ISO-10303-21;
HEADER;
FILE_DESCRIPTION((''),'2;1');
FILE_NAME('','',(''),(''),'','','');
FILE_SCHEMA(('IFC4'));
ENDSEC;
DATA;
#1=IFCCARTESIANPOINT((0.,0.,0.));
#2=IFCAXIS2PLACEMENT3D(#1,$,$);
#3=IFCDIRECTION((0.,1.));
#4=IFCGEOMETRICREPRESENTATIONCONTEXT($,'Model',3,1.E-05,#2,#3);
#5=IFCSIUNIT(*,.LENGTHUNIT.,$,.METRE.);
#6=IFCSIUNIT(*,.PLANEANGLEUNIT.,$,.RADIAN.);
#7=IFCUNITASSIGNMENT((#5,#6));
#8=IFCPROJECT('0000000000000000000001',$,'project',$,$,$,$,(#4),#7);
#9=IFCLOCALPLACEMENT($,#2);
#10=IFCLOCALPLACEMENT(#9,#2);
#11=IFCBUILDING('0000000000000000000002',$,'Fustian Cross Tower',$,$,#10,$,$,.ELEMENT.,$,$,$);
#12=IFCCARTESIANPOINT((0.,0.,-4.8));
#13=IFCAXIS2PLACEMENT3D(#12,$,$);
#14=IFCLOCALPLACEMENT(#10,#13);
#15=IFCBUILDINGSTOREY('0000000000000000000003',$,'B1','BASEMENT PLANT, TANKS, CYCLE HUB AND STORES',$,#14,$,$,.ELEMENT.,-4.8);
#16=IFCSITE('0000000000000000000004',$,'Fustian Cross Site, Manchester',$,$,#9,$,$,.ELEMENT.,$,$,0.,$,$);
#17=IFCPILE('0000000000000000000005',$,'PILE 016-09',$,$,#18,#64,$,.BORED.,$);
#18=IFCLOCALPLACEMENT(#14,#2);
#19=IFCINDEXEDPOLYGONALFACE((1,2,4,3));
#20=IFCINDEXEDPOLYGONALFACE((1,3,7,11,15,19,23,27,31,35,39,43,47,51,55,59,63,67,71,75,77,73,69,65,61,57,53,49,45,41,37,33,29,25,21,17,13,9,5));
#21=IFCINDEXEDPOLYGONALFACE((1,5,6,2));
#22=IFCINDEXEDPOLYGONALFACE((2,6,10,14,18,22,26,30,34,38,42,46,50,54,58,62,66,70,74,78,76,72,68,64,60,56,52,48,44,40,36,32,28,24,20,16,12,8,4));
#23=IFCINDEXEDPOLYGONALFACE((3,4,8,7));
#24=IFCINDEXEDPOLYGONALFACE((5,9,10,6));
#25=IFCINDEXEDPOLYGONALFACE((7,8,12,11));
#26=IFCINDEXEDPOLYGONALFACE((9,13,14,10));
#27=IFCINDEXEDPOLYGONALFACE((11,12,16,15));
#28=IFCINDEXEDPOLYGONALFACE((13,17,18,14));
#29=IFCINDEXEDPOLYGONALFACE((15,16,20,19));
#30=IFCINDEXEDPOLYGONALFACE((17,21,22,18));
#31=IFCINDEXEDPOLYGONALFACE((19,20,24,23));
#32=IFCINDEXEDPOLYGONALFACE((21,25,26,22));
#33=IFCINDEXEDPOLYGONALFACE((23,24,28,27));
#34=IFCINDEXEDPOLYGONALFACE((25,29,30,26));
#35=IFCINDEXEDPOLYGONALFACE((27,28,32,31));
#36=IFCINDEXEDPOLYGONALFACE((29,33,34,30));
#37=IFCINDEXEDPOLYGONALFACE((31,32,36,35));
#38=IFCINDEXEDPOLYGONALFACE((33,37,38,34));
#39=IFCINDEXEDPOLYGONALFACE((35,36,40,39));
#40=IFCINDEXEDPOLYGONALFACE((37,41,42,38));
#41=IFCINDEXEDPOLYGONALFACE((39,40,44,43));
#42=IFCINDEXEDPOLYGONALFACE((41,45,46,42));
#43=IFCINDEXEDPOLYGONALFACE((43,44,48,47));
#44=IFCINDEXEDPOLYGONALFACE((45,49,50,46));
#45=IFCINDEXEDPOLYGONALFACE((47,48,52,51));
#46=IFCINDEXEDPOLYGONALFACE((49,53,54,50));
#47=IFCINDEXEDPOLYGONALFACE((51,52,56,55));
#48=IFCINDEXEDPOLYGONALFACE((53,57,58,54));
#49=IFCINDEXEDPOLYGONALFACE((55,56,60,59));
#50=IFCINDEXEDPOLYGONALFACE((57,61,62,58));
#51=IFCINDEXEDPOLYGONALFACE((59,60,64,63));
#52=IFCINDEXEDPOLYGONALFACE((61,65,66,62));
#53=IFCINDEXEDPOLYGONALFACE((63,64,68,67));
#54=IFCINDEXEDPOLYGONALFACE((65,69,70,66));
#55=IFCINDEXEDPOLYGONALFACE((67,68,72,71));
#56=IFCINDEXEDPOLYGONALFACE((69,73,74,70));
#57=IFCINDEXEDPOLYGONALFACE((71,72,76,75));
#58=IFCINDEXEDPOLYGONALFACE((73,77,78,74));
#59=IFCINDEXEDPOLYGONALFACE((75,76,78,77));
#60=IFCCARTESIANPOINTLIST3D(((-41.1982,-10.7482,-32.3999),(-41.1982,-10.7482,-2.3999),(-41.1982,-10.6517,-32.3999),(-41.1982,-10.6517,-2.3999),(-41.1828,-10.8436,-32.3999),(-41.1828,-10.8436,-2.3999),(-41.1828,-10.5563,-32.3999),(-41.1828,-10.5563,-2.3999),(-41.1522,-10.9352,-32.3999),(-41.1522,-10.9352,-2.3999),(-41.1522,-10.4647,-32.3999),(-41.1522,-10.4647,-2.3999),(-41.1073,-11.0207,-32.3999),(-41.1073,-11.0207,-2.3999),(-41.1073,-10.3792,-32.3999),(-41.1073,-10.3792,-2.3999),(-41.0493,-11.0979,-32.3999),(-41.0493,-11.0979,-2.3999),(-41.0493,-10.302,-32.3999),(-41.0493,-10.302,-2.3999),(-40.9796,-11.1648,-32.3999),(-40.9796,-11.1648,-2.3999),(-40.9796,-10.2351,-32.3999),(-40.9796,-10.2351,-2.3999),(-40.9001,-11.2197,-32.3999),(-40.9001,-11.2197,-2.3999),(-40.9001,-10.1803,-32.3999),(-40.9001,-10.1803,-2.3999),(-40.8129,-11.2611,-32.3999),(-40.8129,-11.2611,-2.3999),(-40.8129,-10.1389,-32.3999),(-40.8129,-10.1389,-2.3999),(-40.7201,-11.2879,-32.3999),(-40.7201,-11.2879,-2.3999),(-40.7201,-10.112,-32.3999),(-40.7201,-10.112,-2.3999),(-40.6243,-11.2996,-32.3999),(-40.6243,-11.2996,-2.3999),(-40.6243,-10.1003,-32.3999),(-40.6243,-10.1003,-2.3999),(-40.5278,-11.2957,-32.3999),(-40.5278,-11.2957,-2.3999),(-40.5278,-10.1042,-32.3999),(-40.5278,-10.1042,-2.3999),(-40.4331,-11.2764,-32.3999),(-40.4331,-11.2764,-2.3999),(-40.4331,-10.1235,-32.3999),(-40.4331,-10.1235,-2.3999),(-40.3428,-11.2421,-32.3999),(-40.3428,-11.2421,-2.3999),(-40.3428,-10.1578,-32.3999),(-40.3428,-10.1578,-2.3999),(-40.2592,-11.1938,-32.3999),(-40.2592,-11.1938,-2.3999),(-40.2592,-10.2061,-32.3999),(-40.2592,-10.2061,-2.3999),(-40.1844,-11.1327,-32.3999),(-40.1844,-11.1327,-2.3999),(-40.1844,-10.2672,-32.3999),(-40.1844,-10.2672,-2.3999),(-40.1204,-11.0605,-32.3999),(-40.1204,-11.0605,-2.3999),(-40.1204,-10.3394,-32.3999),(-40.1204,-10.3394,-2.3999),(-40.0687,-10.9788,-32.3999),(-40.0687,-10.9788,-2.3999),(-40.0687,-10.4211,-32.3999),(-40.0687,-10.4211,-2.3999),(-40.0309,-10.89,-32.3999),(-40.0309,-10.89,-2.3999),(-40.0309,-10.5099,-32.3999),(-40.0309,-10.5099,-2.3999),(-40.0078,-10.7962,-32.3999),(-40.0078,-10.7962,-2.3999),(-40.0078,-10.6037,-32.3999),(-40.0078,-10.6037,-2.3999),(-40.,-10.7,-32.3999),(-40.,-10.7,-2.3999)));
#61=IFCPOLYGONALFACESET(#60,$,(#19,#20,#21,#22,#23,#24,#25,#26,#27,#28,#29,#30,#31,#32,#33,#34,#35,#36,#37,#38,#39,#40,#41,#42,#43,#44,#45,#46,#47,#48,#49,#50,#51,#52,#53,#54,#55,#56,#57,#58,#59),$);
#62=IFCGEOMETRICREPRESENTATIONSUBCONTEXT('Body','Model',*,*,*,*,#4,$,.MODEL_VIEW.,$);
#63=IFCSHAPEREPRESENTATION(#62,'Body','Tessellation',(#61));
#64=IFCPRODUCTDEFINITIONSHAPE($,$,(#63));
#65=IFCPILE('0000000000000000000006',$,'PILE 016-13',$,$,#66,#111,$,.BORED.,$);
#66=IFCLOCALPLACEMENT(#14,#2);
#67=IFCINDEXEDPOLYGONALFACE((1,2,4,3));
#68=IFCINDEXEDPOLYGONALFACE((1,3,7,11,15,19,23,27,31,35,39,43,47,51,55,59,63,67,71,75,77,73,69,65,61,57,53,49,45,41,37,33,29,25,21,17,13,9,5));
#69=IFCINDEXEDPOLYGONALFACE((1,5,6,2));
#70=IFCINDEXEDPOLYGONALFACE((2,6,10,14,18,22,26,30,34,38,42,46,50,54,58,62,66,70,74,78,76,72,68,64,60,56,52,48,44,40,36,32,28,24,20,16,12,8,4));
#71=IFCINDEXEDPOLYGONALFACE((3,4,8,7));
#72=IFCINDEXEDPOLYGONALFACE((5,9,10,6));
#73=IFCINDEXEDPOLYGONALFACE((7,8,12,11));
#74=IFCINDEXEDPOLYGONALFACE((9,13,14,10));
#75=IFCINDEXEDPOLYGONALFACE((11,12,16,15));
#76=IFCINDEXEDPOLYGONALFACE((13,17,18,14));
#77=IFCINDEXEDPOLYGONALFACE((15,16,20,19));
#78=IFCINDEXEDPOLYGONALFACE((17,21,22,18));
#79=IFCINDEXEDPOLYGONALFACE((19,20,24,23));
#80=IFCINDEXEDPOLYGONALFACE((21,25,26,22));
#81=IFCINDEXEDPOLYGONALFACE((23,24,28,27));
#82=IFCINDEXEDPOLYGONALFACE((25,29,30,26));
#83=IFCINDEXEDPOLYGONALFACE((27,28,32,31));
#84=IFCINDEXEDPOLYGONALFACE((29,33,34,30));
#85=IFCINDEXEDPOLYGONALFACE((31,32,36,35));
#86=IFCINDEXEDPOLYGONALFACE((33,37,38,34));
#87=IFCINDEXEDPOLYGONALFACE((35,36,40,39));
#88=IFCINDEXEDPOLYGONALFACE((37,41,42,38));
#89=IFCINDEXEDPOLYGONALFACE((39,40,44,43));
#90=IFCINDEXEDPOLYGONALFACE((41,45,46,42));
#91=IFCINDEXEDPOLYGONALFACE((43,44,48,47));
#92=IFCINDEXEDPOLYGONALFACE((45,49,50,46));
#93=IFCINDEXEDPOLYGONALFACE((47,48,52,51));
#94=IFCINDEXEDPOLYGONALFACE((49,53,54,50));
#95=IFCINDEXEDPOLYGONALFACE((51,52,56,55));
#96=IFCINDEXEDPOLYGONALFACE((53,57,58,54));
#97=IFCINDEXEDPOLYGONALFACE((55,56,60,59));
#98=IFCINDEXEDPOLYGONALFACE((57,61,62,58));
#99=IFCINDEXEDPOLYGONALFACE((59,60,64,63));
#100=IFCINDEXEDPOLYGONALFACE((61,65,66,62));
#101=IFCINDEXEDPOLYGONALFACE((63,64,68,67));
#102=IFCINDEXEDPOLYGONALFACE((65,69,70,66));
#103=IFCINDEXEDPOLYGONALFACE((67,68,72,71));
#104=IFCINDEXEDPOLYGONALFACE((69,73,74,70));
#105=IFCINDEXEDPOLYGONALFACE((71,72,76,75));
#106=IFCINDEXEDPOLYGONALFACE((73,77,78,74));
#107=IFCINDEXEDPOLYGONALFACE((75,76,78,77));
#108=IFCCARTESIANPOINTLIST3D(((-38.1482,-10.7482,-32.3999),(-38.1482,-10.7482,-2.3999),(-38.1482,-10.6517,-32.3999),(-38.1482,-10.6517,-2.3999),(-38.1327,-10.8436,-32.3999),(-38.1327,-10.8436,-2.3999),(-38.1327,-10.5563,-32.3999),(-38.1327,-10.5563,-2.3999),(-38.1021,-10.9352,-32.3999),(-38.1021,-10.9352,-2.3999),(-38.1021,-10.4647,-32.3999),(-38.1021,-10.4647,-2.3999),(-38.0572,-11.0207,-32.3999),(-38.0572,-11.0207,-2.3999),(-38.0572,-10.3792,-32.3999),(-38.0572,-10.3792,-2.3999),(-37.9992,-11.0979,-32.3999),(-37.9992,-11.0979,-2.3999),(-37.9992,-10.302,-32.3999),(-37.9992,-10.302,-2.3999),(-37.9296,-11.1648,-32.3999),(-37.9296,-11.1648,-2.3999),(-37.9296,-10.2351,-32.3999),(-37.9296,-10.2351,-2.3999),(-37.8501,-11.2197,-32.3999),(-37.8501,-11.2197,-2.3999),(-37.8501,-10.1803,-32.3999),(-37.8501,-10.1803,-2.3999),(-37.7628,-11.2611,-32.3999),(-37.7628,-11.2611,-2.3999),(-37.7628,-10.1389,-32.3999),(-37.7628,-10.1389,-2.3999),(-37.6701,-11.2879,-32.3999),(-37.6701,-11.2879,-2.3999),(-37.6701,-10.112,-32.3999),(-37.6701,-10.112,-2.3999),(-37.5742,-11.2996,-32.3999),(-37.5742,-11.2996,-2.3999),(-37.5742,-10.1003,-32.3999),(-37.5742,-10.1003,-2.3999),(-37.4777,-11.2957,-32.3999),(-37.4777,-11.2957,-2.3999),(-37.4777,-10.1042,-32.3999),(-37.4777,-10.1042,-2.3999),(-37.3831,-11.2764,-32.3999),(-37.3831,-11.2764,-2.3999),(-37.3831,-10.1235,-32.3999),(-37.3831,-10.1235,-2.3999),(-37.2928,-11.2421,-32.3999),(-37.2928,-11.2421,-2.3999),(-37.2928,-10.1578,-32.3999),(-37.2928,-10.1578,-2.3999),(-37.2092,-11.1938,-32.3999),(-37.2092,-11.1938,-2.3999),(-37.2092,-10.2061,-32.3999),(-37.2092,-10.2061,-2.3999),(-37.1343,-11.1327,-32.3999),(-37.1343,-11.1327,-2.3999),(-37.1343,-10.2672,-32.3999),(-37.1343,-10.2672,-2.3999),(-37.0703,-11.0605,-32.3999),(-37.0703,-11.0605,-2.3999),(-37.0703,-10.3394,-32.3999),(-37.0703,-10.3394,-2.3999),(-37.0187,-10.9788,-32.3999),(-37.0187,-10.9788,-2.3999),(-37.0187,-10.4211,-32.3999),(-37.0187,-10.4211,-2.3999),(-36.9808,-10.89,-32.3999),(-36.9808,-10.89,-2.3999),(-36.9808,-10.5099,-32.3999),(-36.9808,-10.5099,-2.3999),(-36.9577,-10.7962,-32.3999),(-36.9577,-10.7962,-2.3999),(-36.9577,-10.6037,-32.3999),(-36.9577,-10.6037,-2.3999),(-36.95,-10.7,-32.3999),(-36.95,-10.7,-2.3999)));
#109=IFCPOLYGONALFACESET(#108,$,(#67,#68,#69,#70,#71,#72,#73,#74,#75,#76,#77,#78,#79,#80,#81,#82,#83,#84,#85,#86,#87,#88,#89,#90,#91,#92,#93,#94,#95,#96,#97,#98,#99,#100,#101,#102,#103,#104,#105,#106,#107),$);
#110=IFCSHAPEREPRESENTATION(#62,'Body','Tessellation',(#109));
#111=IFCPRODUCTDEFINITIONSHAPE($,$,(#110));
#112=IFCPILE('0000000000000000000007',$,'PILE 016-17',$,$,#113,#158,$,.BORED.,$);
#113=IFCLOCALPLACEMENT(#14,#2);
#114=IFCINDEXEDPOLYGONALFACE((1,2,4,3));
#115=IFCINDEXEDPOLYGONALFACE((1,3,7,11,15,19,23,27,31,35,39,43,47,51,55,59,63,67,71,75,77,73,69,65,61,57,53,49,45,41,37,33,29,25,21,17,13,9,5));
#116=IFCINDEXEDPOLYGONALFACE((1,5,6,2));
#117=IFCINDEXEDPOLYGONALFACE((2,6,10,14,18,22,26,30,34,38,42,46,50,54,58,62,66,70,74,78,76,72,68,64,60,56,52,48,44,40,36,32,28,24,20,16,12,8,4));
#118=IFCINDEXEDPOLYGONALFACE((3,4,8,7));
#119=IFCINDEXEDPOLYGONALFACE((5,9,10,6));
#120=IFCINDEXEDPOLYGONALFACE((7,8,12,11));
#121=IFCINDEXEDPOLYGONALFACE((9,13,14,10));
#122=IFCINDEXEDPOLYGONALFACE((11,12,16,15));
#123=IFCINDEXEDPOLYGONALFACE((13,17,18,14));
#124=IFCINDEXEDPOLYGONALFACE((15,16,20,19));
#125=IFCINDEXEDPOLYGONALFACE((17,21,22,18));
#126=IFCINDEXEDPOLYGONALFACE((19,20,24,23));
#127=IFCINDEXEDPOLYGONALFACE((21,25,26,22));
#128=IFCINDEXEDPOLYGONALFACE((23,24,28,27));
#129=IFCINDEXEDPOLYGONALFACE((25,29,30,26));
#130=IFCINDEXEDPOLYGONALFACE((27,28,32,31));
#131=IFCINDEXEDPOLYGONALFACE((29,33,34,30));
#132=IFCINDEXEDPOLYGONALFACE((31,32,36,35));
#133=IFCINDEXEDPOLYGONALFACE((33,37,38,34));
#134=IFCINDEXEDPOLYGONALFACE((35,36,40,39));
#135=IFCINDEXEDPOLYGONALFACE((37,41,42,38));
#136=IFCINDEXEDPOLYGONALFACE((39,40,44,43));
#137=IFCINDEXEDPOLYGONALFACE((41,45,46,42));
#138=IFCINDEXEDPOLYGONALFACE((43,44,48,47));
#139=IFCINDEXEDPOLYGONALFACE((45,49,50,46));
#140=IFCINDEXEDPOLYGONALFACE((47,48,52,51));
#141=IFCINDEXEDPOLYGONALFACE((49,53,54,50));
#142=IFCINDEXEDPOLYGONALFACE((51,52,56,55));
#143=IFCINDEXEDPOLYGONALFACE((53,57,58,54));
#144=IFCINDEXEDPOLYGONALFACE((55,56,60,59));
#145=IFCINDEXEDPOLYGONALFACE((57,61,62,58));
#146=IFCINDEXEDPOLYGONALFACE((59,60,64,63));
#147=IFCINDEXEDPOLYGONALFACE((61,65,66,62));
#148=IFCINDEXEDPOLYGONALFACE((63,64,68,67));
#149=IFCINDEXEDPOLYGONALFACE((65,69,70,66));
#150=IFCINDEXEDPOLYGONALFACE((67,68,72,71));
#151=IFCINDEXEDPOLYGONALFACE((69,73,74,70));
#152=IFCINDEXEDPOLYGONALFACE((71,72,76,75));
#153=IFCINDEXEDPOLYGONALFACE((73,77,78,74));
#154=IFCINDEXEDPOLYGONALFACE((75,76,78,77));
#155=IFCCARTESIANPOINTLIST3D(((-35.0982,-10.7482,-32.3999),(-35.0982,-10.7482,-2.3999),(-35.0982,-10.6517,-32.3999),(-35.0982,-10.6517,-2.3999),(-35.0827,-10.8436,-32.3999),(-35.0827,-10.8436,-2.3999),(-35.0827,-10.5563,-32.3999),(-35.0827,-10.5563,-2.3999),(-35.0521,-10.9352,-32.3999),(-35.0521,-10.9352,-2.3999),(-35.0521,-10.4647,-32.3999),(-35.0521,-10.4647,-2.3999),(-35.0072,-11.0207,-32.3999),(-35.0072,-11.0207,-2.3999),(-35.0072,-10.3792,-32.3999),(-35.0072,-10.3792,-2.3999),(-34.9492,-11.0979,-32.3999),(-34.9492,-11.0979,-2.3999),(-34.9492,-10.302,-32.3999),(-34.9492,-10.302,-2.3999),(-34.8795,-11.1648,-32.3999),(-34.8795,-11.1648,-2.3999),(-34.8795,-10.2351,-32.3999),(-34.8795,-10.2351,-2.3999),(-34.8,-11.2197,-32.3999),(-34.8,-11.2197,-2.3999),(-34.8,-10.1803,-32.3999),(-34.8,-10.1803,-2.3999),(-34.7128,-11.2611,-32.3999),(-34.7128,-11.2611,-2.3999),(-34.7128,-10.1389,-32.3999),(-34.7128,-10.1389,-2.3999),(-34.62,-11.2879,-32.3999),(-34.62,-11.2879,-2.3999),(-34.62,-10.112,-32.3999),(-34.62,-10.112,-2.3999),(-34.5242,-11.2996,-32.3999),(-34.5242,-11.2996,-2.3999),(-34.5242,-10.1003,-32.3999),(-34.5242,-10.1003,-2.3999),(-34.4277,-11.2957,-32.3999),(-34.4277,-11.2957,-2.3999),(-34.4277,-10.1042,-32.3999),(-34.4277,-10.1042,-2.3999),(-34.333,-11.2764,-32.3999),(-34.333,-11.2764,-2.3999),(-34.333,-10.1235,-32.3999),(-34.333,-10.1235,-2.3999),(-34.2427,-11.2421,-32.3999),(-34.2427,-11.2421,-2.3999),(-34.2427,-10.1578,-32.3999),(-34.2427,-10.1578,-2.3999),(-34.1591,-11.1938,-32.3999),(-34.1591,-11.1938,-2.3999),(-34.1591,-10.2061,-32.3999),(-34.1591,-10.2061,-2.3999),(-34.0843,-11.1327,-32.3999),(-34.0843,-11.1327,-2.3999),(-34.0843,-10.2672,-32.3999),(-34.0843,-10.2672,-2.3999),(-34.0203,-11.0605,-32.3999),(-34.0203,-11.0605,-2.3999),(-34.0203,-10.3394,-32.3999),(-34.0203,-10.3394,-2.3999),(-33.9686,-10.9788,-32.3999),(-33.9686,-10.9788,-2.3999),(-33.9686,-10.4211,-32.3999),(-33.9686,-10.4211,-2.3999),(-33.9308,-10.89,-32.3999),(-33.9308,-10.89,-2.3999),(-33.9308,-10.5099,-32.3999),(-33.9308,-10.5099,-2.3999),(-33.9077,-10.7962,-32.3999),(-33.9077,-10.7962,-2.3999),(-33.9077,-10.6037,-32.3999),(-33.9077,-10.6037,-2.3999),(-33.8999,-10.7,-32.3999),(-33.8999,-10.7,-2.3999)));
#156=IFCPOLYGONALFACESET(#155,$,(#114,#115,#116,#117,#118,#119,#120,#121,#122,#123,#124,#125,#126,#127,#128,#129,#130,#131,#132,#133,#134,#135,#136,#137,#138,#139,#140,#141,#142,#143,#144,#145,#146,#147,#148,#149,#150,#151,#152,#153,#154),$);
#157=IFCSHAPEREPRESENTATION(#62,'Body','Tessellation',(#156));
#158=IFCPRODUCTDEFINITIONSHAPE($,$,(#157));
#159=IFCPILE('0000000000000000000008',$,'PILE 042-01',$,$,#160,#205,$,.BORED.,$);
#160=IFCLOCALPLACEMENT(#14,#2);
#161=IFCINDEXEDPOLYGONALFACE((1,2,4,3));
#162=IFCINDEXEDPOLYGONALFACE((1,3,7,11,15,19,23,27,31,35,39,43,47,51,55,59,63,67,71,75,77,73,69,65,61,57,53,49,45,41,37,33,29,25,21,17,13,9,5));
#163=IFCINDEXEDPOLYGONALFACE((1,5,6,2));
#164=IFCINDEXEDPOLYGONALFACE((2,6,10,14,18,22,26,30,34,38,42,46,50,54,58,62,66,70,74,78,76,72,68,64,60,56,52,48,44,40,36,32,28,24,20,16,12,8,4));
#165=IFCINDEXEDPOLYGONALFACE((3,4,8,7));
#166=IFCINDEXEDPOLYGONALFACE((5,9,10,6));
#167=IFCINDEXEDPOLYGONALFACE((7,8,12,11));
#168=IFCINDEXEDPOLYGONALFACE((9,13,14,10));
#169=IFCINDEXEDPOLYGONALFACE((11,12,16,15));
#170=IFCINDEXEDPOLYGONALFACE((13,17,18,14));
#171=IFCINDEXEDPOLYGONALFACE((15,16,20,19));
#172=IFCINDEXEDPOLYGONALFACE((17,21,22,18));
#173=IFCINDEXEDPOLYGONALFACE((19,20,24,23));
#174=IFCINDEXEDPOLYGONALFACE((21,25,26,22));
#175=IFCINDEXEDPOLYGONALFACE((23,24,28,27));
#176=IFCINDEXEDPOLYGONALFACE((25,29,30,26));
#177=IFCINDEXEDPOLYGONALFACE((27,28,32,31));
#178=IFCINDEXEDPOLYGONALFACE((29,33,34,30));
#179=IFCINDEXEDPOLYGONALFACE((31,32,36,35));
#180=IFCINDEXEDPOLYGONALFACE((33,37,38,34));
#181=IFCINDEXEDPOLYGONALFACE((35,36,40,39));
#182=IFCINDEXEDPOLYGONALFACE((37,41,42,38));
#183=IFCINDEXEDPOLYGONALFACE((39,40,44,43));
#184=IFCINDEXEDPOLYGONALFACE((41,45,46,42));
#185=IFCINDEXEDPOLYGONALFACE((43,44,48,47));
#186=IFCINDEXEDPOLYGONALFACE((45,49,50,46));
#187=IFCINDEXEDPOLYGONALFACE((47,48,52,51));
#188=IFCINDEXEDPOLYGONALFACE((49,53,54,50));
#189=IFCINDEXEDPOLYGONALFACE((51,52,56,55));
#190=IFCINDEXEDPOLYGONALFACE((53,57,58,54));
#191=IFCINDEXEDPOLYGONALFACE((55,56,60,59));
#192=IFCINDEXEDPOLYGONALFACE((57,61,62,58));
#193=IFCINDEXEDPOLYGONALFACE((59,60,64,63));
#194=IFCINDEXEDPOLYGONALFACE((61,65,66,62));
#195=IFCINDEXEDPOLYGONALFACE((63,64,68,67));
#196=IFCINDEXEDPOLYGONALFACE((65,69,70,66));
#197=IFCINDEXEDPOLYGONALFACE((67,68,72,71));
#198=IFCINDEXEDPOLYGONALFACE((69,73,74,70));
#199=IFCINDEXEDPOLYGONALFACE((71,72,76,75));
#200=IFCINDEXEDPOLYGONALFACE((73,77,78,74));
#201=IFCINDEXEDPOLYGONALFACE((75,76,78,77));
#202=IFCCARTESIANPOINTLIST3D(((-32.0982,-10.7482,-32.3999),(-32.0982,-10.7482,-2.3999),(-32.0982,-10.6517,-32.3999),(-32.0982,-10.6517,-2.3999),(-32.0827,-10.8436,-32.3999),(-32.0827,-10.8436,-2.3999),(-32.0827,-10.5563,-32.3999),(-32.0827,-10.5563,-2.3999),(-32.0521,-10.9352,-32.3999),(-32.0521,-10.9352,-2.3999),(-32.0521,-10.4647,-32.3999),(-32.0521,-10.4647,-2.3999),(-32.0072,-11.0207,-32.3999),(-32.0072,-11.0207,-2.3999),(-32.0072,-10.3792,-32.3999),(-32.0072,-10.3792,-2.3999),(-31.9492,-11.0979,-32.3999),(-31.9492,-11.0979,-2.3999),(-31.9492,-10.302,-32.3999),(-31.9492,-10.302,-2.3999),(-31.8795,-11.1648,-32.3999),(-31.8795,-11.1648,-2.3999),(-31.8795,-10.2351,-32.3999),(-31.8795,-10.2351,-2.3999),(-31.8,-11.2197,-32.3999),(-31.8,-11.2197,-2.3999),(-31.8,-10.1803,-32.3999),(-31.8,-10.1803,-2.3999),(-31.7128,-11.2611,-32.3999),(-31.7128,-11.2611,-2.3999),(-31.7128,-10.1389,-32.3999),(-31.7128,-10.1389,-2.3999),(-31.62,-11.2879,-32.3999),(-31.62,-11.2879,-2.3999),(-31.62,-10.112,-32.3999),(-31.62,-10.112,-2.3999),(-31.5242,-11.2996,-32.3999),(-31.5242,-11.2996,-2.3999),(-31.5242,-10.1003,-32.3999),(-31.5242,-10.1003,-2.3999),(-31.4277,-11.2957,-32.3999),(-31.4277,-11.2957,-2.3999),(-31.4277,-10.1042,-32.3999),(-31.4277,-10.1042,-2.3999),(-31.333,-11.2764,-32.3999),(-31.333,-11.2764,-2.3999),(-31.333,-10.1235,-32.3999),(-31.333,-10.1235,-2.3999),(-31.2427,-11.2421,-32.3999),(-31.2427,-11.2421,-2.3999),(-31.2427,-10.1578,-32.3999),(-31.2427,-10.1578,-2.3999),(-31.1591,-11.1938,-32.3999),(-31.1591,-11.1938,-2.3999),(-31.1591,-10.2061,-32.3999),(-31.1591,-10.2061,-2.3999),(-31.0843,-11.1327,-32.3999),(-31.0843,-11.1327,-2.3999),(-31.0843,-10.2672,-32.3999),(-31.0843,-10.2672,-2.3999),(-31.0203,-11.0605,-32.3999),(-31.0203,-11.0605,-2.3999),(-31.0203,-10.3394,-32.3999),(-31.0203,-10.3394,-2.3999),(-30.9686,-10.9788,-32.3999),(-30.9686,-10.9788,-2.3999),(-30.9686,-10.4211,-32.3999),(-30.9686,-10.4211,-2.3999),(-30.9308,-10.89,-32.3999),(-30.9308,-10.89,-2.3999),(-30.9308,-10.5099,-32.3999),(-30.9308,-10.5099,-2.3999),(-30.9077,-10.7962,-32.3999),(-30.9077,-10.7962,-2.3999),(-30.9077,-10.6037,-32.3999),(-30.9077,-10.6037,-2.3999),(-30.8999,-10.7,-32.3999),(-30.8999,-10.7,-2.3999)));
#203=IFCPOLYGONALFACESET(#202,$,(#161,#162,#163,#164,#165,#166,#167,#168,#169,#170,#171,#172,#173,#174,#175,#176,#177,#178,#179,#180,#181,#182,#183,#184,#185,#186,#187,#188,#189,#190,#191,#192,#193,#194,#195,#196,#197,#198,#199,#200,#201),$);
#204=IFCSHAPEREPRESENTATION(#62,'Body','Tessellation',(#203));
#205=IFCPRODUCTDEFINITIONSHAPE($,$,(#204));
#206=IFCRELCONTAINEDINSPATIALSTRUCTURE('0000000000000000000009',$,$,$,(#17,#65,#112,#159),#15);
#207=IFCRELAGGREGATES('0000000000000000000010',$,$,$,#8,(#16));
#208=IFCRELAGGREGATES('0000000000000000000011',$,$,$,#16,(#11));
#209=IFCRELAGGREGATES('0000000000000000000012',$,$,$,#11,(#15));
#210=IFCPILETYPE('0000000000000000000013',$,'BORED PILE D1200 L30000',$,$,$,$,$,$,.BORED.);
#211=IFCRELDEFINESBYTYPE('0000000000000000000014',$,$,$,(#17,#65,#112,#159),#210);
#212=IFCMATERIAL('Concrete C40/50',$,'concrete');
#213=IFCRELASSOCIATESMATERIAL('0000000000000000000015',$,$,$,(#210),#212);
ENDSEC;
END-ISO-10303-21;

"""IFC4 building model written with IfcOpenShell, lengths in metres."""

from ifc_helpers import new_model, si_unit, direction, frame, origin, origin_2d, place, context, subcontext, project, spatial, circle, extrude, material, material_profile, profile_set, type_object, element, save


model = new_model("IFC4")

# Units and contexts
model_context = context("Model", 3, precision=1e-05, world=origin(), true_north=direction((0.0, 1.0)))
body_context = subcontext(model_context, "Body", "Model", "MODEL_VIEW")
ifc_project = project(units=[si_unit("LENGTHUNIT", "METRE"), si_unit("PLANEANGLEUNIT", "RADIAN")], contexts=[model_context])

# Site, building, storey
site_placement = place(None, origin())
site = spatial("IfcSite", under=ifc_project, at=site_placement, Name="Fustian Cross Site, Manchester", CompositionType="ELEMENT", RefElevation=0.0)
building_placement = place(site_placement, origin())
building = spatial("IfcBuilding", under=site, at=building_placement, Name="Fustian Cross Tower", CompositionType="ELEMENT")
storey_placement = place(building_placement, frame((0.0, 0.0, -4.8)))
storey = spatial("IfcBuildingStorey", under=building, at=storey_placement, Name="B1", Description="BASEMENT PLANT, TANKS, CYCLE HUB AND STORES", CompositionType="ELEMENT", Elevation=-4.8)

# Piles
ifc_material_1 = material(Name="Concrete C40/50", Category="concrete")
ifc_material_profile_1 = material_profile(ifc_material_1, circle(Radius=0.6001, at=origin_2d()), Name="BORED PILE D1200 L30000")
ifc_profile_set_1 = profile_set([ifc_material_profile_1], Name="Concrete C40/50")
pile_type_1 = type_object("IfcPileType", Name="BORED PILE D1200 L30000", PredefinedType="BORED", material=ifc_profile_set_1)
for number, where, z_axis, x_axis, name in (
    (1, (-40.6001, -10.7, -2.3999), (0.0, 0.0, -1.0), (1.0, 0.0, 0.0), "PILE 016-09"),
    (2, (-37.55, -10.7, -2.3999), (0.0, 0.0, -1.0), (1.0, 0.0, 0.0), "PILE 016-13"),
    (3, (-34.5, -10.7, -2.3999), (0.0, 0.0, -1.0), (1.0, 0.0, 0.0), "PILE 016-17"),
    (4, (-31.5, -10.7, -2.3999), (0.0, 0.0, -1.0), (1.0, 0.0, 0.0), "PILE 042-01"),
):
    element("IfcPile", number, at=place(storey_placement, frame(where, z_axis=z_axis, x_axis=x_axis)), inside=storey, type_object=pile_type_1, Name=name, PredefinedType="BORED", context=body_context, shape_type="SweptSolid", body=[
        extrude(circle(Radius=0.6001, at=origin_2d()), origin(), (0.0, 0.0, 1.0), 30.0),
    ])

save(model, "model.ifc")
